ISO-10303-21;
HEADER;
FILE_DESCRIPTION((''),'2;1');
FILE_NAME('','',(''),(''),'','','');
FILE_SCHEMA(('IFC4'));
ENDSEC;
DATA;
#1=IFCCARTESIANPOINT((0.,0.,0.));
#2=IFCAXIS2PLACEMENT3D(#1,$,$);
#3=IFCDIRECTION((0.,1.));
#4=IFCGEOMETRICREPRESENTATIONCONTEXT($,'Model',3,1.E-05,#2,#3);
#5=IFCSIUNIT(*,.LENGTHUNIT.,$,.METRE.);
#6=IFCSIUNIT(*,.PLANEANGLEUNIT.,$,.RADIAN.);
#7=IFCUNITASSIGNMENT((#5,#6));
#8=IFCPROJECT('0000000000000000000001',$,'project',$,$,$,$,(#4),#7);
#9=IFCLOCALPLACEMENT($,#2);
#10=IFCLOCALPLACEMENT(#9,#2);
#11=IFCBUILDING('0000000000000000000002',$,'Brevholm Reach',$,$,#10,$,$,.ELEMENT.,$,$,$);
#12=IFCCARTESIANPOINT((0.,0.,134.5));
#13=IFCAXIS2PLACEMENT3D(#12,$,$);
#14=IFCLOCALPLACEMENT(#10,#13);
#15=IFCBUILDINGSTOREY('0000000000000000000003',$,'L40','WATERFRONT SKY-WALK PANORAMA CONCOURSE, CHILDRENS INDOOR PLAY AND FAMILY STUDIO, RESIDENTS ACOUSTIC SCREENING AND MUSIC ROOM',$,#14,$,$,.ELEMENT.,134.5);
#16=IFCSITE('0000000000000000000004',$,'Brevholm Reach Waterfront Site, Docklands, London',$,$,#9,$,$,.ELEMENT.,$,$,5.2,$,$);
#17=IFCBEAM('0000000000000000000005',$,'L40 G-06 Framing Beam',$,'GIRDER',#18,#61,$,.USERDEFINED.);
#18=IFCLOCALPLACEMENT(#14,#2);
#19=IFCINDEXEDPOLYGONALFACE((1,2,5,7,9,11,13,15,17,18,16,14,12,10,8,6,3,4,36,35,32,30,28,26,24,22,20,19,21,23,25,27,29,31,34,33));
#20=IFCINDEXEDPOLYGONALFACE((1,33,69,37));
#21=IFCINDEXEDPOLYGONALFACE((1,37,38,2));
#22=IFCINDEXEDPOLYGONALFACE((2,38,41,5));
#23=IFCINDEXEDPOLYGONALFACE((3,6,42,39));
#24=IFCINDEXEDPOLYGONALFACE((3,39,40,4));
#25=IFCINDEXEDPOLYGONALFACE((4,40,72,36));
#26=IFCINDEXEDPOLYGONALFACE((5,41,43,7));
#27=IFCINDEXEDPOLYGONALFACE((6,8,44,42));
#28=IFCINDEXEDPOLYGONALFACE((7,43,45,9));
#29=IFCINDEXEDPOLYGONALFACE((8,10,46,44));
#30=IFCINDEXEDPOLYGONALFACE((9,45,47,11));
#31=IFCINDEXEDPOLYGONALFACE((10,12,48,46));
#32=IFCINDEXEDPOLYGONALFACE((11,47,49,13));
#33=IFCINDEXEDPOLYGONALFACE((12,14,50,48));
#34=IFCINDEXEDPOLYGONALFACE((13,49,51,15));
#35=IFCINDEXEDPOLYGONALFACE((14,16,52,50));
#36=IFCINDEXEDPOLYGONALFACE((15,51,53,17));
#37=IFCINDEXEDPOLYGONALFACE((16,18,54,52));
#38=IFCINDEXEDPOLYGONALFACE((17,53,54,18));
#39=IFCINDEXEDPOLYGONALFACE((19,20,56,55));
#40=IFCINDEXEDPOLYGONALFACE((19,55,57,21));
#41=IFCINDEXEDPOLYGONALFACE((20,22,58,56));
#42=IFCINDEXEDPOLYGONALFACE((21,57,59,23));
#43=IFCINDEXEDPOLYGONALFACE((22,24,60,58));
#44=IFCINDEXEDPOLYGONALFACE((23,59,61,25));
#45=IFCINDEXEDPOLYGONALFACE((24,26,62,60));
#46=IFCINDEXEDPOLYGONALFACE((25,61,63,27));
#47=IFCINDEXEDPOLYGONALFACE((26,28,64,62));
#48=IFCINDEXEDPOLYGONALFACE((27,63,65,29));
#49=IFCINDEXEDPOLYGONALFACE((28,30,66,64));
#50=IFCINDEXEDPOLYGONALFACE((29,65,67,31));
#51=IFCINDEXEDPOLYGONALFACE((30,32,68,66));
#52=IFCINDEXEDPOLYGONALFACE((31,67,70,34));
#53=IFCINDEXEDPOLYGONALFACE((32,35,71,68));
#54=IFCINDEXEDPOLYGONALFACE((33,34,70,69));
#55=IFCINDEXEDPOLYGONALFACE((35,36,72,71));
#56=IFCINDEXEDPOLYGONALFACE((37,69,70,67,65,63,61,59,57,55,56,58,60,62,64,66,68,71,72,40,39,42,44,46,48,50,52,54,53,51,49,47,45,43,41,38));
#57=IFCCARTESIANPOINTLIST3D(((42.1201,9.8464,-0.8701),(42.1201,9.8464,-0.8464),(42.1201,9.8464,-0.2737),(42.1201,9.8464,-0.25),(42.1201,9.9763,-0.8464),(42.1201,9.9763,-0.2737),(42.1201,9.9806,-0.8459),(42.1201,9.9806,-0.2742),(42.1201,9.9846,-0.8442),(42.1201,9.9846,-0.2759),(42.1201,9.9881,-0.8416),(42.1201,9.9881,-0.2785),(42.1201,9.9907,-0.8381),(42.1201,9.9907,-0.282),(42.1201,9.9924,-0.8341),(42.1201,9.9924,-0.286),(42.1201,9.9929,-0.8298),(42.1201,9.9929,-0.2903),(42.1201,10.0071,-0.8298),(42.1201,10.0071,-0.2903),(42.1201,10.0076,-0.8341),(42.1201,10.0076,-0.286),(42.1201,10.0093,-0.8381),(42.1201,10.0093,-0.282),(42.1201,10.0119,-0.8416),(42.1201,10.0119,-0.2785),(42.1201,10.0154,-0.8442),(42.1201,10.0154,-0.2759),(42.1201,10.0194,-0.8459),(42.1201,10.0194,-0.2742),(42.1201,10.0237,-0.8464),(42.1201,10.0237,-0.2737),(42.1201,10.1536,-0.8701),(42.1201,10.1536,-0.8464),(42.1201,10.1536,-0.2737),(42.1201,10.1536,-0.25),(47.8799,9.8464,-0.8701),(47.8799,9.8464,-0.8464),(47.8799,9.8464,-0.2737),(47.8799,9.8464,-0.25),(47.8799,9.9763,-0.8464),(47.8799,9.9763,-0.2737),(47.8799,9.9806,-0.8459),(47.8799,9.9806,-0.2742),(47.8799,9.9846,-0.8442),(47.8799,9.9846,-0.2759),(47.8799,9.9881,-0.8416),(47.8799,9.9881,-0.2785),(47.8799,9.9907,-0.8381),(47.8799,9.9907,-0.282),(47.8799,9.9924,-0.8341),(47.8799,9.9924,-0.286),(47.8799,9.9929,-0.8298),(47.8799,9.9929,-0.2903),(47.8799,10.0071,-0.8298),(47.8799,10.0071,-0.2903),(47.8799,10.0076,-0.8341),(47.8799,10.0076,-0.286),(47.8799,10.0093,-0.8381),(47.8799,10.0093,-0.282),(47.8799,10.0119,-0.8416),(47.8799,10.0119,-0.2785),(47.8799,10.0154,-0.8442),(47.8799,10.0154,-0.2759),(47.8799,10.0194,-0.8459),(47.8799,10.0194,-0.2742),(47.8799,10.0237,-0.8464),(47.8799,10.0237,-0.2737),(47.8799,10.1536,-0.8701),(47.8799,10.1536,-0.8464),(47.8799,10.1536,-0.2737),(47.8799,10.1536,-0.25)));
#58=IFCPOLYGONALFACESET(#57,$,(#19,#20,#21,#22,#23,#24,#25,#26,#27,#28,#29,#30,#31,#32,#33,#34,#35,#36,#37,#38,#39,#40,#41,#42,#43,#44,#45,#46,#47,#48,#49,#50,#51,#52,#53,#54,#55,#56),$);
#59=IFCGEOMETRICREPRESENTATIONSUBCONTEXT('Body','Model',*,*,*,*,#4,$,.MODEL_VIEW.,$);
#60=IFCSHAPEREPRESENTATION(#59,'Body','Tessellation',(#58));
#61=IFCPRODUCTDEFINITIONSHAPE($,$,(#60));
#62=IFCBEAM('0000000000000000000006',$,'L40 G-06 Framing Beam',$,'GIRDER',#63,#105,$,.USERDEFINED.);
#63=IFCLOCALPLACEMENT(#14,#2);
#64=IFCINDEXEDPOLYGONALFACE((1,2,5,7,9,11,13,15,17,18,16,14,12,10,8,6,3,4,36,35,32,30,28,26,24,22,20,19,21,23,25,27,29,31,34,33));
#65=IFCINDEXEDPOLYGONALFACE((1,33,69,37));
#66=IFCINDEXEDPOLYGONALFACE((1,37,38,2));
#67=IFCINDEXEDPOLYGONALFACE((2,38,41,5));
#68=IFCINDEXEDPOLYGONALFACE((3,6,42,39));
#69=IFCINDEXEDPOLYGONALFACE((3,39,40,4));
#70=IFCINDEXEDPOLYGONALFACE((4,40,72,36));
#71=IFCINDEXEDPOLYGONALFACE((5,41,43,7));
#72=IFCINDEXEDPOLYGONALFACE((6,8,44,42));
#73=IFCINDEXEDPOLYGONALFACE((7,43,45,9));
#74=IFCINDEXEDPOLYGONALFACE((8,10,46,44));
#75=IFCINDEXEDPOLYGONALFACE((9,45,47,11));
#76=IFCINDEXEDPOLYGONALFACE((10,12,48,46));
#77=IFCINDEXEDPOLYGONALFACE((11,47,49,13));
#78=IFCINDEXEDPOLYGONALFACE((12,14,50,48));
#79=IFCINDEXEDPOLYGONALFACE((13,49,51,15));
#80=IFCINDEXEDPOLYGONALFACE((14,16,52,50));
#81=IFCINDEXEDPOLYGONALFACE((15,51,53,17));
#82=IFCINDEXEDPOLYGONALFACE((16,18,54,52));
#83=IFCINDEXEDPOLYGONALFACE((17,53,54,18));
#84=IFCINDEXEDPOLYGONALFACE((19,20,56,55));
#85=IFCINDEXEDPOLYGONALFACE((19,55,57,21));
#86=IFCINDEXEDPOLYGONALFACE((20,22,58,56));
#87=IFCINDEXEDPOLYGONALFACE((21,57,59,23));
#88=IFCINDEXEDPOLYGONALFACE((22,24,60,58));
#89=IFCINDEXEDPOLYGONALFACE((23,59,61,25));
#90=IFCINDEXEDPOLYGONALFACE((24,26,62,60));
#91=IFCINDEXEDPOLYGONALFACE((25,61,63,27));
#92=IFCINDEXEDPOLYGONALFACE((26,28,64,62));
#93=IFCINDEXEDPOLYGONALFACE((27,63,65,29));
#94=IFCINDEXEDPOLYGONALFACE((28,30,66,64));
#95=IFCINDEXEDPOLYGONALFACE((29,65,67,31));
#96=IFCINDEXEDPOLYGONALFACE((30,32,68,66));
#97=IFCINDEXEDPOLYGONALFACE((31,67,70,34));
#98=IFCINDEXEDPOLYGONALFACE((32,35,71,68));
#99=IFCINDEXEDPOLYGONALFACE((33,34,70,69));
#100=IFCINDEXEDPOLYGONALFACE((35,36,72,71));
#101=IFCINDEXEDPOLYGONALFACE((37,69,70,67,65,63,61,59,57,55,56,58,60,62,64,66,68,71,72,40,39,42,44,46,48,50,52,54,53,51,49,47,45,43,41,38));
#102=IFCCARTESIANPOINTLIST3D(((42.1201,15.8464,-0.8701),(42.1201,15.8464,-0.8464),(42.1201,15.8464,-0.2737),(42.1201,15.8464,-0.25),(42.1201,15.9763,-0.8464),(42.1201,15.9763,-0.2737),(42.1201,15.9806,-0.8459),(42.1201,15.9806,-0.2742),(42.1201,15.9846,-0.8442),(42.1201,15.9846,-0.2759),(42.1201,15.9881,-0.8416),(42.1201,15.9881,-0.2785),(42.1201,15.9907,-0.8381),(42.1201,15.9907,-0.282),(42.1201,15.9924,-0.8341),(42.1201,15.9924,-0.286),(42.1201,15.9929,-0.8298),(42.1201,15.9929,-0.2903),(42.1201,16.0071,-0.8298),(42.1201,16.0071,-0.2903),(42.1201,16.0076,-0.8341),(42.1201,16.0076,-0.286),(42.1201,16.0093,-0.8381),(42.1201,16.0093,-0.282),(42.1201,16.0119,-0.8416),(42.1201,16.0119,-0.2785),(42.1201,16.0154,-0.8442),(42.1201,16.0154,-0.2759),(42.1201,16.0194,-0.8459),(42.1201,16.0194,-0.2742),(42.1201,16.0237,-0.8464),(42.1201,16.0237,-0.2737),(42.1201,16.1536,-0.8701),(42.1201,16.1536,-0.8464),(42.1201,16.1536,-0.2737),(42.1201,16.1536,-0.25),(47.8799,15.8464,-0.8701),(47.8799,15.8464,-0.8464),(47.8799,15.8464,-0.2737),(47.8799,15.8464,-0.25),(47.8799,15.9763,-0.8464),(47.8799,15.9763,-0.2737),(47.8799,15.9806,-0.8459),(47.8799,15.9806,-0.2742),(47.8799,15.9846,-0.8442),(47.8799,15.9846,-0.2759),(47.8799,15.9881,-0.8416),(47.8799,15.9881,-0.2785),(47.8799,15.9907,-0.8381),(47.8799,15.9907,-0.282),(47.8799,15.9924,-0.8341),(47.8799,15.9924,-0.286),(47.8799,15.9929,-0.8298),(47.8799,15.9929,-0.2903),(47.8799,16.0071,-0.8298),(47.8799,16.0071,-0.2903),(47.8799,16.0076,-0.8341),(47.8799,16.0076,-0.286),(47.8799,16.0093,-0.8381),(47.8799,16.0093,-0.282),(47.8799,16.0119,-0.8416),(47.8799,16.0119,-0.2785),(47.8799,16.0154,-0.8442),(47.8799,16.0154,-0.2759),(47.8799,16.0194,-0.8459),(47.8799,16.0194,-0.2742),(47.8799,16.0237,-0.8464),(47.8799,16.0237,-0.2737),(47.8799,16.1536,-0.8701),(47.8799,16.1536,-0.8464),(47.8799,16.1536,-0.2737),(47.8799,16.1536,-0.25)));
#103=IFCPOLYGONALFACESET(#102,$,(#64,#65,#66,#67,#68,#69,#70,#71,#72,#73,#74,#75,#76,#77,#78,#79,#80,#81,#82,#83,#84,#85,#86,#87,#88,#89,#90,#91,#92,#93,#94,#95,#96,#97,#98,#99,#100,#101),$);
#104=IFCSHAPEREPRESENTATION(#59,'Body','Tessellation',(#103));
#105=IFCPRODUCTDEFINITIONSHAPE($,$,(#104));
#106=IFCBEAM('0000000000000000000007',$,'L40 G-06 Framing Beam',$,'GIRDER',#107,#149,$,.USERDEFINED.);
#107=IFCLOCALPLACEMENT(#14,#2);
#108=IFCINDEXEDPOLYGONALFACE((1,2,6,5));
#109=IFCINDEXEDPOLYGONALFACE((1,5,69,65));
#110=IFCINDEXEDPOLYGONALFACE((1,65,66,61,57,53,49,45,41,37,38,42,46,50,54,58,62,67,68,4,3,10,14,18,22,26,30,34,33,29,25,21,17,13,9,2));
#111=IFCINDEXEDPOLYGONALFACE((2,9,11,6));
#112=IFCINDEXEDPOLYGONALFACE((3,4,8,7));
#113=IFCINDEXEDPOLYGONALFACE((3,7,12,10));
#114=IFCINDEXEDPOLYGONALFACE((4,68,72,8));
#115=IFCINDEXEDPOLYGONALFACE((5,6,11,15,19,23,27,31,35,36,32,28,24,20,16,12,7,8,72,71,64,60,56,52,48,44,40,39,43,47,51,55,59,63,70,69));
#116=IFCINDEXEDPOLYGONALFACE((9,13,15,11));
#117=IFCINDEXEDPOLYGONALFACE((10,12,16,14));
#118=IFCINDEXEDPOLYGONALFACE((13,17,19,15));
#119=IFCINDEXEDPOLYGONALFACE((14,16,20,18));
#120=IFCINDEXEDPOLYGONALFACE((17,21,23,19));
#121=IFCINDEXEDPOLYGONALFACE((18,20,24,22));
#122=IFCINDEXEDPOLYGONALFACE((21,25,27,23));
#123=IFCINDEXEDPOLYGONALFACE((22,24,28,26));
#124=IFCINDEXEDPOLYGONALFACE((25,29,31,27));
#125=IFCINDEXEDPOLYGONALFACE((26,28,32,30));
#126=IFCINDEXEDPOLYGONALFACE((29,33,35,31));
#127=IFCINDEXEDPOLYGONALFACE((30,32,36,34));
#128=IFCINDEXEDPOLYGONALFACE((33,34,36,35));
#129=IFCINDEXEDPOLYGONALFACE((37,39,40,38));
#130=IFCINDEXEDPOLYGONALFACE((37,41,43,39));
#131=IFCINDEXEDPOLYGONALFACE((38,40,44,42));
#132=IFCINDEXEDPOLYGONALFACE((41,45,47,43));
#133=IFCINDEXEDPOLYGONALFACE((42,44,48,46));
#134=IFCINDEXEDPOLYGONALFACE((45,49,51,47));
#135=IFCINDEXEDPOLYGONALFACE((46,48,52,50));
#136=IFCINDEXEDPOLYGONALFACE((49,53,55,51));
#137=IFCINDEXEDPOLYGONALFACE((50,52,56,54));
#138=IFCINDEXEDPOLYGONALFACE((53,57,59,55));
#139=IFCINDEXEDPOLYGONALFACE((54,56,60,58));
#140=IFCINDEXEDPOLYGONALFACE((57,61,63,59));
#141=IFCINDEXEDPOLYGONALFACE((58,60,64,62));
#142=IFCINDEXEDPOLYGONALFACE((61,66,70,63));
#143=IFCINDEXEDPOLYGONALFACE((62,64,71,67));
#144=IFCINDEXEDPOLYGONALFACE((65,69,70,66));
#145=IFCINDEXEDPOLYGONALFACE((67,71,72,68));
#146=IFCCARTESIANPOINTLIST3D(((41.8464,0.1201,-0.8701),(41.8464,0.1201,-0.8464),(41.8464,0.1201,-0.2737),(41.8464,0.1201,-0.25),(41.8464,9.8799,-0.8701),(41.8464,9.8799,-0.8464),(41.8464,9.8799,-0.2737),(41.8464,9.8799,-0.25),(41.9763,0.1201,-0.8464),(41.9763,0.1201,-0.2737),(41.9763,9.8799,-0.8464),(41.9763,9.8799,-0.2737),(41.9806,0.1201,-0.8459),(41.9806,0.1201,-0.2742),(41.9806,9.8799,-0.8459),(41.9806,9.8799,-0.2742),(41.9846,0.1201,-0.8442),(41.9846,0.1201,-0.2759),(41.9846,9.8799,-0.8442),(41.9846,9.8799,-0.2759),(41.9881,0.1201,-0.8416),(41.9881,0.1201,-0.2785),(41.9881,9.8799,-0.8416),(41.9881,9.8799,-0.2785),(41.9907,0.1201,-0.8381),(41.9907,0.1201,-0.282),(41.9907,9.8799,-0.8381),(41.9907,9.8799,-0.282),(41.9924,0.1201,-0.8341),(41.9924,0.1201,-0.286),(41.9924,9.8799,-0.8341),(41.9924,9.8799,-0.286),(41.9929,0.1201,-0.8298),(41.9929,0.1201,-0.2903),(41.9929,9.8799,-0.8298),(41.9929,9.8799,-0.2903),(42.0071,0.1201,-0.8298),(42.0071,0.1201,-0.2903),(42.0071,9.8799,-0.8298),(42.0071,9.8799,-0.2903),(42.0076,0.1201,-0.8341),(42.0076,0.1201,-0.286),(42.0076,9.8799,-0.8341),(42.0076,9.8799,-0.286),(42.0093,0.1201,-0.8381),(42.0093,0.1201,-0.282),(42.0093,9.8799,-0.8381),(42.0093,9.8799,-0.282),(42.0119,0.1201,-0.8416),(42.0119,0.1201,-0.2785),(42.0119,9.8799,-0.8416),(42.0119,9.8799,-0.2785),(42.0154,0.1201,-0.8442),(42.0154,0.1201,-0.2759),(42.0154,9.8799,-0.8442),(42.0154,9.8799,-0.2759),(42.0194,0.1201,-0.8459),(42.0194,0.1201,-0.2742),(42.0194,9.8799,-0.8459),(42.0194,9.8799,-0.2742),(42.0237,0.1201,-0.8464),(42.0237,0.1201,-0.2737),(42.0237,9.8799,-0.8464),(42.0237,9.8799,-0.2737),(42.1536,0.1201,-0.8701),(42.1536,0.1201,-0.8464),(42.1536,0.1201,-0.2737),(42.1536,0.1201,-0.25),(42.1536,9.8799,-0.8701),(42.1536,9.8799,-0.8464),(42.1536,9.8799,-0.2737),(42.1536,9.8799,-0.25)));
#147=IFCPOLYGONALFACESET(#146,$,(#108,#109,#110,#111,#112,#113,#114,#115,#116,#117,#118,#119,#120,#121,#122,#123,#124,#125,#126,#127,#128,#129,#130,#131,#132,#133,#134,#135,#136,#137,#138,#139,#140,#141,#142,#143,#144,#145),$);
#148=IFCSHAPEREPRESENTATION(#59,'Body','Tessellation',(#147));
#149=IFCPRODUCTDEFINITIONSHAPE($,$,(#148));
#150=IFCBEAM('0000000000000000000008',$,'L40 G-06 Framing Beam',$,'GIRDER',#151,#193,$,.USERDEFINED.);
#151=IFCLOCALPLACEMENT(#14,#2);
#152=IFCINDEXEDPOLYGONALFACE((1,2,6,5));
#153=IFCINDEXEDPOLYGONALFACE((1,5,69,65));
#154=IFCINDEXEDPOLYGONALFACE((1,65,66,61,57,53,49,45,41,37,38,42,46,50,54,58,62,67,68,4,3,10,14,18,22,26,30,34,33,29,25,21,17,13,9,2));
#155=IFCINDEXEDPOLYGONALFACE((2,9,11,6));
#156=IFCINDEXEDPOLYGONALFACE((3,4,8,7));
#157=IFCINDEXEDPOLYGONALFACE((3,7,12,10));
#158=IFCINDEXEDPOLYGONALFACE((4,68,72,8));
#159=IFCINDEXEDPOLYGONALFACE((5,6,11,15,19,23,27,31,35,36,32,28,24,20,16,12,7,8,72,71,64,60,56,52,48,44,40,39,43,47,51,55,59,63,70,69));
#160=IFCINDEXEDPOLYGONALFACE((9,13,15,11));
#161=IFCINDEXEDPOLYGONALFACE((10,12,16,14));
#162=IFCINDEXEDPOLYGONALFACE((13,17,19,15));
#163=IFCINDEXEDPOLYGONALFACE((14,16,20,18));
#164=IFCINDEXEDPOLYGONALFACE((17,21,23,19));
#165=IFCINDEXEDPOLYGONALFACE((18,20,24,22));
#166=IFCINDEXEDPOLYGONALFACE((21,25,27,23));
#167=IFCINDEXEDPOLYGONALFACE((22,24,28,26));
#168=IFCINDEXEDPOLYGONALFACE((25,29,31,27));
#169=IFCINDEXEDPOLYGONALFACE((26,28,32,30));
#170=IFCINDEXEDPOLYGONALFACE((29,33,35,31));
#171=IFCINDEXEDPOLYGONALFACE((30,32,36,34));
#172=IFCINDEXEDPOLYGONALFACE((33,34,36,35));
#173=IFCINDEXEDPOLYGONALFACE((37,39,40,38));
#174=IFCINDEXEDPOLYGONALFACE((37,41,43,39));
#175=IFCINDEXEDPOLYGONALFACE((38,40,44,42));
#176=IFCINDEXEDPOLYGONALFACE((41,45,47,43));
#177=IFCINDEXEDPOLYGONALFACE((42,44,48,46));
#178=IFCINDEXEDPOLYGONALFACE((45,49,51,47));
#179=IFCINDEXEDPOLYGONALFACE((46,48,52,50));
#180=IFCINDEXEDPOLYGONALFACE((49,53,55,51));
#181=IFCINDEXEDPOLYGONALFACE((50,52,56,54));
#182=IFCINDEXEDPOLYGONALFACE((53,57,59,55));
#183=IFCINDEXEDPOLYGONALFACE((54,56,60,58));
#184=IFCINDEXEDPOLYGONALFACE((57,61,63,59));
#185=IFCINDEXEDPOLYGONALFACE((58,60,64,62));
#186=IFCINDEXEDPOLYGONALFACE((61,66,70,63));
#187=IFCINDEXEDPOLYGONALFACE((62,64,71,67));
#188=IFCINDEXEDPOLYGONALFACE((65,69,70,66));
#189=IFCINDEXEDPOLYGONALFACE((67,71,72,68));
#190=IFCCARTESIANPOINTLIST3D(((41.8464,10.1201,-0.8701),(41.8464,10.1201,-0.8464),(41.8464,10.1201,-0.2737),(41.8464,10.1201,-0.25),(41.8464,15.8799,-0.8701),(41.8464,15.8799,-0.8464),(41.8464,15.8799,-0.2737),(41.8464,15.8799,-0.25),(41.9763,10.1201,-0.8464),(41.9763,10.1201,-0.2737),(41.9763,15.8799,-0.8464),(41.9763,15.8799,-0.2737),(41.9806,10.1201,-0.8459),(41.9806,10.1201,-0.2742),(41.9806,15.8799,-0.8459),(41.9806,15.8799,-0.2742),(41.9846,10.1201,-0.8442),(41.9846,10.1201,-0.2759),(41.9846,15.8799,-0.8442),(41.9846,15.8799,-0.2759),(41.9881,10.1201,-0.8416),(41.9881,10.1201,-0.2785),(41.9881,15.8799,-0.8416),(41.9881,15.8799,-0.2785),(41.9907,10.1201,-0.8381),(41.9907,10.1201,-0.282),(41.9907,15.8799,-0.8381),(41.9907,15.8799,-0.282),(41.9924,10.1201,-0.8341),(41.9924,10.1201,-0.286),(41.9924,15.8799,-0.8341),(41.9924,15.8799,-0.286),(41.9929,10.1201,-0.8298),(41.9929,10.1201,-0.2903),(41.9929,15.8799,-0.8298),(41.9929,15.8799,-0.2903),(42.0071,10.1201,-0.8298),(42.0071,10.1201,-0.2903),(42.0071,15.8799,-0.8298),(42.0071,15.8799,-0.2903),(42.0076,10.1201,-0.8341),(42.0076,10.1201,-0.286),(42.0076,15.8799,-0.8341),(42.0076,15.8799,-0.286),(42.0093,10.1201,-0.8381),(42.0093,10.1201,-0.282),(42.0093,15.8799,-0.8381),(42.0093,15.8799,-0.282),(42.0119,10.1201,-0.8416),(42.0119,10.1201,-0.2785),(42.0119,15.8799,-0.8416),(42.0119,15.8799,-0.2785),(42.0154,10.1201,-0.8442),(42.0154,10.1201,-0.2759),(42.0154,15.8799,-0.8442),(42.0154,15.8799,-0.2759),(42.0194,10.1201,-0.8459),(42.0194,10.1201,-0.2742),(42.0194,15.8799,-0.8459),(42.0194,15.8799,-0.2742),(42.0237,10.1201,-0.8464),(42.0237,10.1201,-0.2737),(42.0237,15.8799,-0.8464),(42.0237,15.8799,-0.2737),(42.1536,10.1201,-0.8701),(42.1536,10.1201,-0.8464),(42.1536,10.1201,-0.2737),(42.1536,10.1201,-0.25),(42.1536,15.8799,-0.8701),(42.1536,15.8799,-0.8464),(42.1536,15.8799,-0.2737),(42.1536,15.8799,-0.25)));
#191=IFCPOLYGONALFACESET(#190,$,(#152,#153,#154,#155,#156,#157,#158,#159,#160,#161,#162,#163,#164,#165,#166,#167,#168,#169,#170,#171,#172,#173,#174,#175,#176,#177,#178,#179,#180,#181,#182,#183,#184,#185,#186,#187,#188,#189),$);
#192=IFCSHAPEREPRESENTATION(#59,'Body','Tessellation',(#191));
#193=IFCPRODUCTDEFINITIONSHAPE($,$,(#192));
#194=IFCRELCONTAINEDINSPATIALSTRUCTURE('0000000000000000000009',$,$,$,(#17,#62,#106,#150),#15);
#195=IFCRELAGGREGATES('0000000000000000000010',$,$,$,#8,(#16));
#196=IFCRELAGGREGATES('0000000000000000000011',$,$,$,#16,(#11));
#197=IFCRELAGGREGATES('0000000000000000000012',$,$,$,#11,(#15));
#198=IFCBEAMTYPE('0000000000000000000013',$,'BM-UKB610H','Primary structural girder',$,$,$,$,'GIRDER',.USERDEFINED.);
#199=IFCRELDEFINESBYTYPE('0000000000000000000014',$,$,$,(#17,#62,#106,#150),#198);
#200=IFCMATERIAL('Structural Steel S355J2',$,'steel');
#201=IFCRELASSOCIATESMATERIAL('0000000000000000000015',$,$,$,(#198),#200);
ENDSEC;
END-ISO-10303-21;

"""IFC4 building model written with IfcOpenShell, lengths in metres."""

from ifc_helpers import new_model, si_unit, direction, frame, origin, origin_2d, place, context, subcontext, project, spatial, i_section, extrude, material, material_profile, profile_set, type_object, element, save


model = new_model("IFC4")

# Units and contexts
model_context = context("Model", 3, precision=1e-05, world=origin(), true_north=direction((0.0, 1.0)))
body_context = subcontext(model_context, "Body", "Model", "MODEL_VIEW")
ifc_project = project(units=[si_unit("LENGTHUNIT", "METRE"), si_unit("PLANEANGLEUNIT", "RADIAN")], contexts=[model_context])

# Site, building, storey
site_placement = place(None, origin())
site = spatial("IfcSite", under=ifc_project, at=site_placement, Name="Brevholm Reach Waterfront Site, Docklands, London", CompositionType="ELEMENT", RefElevation=5.2)
building_placement = place(site_placement, origin())
building = spatial("IfcBuilding", under=site, at=building_placement, Name="Brevholm Reach", CompositionType="ELEMENT")
storey_placement = place(building_placement, frame((0.0, 0.0, 134.5)))
storey = spatial("IfcBuildingStorey", under=building, at=storey_placement, Name="L40", Description="WATERFRONT SKY-WALK PANORAMA CONCOURSE, CHILDRENS INDOOR PLAY AND FAMILY STUDIO, RESIDENTS ACOUSTIC SCREENING AND MUSIC ROOM", CompositionType="ELEMENT", Elevation=134.5)

# Beams
ifc_material_1 = material(Name="Structural Steel S355J2", Category="steel")
ifc_material_profile_1 = material_profile(ifc_material_1, i_section(OverallWidth=0.3071, OverallDepth=0.6201, WebThickness=0.0142, FlangeThickness=0.0237, FilletRadius=0.0166, at=origin_2d()), Name="UKB 610x305x179")
ifc_profile_set_1 = profile_set([ifc_material_profile_1], Name="Structural Steel S355J2")
beam_type_1 = type_object("IfcBeamType", Name="BM-UKB610H", Description="Primary structural girder", ElementType="GIRDER", PredefinedType="USERDEFINED", material=ifc_profile_set_1)
for number, where, z_axis, x_axis, name in (
    (1, (42.1201, 10.0, -0.5601), (1.0, 0.0, 0.0), (0.0, 1.0, 0.0), "L40 G-06 Framing Beam"),
    (2, (42.1201, 16.0, -0.5601), (1.0, 0.0, 0.0), (0.0, 1.0, 0.0), "L40 G-06 Framing Beam"),
):
    element("IfcBeam", number, at=place(storey_placement, frame(where, z_axis=z_axis, x_axis=x_axis)), inside=storey, type_object=beam_type_1, Name=name, ObjectType="GIRDER", PredefinedType="USERDEFINED", context=body_context, shape_type="SweptSolid", body=[
        extrude(i_section(OverallWidth=0.3071, OverallDepth=0.6201, WebThickness=0.0142, FlangeThickness=0.0237, FilletRadius=0.0166, at=origin_2d()), origin(), (0.0, 0.0, 1.0), 5.7598),
    ])
beam_1_placement = place(storey_placement, frame((42.0, 0.1201, -0.5601), z_axis=(0.0, 1.0, 0.0), x_axis=(-1.0, 0.0, 0.0)))
element("IfcBeam", 3, at=beam_1_placement, inside=storey, type_object=beam_type_1, Name="L40 G-06 Framing Beam", ObjectType="GIRDER", PredefinedType="USERDEFINED", context=body_context, shape_type="SweptSolid", body=[
    extrude(i_section(OverallWidth=0.3071, OverallDepth=0.6201, WebThickness=0.0142, FlangeThickness=0.0237, FilletRadius=0.0166, at=origin_2d()), origin(), (0.0, 0.0, 1.0), 9.7598),
])
beam_2_placement = place(storey_placement, frame((42.0, 10.1201, -0.5601), z_axis=(0.0, 1.0, 0.0), x_axis=(-1.0, 0.0, 0.0)))
element("IfcBeam", 4, at=beam_2_placement, inside=storey, type_object=beam_type_1, Name="L40 G-06 Framing Beam", ObjectType="GIRDER", PredefinedType="USERDEFINED", context=body_context, shape_type="SweptSolid", body=[
    extrude(i_section(OverallWidth=0.3071, OverallDepth=0.6201, WebThickness=0.0142, FlangeThickness=0.0237, FilletRadius=0.0166, at=origin_2d()), origin(), (0.0, 0.0, 1.0), 5.7598),
])

save(model, "model.ifc")
